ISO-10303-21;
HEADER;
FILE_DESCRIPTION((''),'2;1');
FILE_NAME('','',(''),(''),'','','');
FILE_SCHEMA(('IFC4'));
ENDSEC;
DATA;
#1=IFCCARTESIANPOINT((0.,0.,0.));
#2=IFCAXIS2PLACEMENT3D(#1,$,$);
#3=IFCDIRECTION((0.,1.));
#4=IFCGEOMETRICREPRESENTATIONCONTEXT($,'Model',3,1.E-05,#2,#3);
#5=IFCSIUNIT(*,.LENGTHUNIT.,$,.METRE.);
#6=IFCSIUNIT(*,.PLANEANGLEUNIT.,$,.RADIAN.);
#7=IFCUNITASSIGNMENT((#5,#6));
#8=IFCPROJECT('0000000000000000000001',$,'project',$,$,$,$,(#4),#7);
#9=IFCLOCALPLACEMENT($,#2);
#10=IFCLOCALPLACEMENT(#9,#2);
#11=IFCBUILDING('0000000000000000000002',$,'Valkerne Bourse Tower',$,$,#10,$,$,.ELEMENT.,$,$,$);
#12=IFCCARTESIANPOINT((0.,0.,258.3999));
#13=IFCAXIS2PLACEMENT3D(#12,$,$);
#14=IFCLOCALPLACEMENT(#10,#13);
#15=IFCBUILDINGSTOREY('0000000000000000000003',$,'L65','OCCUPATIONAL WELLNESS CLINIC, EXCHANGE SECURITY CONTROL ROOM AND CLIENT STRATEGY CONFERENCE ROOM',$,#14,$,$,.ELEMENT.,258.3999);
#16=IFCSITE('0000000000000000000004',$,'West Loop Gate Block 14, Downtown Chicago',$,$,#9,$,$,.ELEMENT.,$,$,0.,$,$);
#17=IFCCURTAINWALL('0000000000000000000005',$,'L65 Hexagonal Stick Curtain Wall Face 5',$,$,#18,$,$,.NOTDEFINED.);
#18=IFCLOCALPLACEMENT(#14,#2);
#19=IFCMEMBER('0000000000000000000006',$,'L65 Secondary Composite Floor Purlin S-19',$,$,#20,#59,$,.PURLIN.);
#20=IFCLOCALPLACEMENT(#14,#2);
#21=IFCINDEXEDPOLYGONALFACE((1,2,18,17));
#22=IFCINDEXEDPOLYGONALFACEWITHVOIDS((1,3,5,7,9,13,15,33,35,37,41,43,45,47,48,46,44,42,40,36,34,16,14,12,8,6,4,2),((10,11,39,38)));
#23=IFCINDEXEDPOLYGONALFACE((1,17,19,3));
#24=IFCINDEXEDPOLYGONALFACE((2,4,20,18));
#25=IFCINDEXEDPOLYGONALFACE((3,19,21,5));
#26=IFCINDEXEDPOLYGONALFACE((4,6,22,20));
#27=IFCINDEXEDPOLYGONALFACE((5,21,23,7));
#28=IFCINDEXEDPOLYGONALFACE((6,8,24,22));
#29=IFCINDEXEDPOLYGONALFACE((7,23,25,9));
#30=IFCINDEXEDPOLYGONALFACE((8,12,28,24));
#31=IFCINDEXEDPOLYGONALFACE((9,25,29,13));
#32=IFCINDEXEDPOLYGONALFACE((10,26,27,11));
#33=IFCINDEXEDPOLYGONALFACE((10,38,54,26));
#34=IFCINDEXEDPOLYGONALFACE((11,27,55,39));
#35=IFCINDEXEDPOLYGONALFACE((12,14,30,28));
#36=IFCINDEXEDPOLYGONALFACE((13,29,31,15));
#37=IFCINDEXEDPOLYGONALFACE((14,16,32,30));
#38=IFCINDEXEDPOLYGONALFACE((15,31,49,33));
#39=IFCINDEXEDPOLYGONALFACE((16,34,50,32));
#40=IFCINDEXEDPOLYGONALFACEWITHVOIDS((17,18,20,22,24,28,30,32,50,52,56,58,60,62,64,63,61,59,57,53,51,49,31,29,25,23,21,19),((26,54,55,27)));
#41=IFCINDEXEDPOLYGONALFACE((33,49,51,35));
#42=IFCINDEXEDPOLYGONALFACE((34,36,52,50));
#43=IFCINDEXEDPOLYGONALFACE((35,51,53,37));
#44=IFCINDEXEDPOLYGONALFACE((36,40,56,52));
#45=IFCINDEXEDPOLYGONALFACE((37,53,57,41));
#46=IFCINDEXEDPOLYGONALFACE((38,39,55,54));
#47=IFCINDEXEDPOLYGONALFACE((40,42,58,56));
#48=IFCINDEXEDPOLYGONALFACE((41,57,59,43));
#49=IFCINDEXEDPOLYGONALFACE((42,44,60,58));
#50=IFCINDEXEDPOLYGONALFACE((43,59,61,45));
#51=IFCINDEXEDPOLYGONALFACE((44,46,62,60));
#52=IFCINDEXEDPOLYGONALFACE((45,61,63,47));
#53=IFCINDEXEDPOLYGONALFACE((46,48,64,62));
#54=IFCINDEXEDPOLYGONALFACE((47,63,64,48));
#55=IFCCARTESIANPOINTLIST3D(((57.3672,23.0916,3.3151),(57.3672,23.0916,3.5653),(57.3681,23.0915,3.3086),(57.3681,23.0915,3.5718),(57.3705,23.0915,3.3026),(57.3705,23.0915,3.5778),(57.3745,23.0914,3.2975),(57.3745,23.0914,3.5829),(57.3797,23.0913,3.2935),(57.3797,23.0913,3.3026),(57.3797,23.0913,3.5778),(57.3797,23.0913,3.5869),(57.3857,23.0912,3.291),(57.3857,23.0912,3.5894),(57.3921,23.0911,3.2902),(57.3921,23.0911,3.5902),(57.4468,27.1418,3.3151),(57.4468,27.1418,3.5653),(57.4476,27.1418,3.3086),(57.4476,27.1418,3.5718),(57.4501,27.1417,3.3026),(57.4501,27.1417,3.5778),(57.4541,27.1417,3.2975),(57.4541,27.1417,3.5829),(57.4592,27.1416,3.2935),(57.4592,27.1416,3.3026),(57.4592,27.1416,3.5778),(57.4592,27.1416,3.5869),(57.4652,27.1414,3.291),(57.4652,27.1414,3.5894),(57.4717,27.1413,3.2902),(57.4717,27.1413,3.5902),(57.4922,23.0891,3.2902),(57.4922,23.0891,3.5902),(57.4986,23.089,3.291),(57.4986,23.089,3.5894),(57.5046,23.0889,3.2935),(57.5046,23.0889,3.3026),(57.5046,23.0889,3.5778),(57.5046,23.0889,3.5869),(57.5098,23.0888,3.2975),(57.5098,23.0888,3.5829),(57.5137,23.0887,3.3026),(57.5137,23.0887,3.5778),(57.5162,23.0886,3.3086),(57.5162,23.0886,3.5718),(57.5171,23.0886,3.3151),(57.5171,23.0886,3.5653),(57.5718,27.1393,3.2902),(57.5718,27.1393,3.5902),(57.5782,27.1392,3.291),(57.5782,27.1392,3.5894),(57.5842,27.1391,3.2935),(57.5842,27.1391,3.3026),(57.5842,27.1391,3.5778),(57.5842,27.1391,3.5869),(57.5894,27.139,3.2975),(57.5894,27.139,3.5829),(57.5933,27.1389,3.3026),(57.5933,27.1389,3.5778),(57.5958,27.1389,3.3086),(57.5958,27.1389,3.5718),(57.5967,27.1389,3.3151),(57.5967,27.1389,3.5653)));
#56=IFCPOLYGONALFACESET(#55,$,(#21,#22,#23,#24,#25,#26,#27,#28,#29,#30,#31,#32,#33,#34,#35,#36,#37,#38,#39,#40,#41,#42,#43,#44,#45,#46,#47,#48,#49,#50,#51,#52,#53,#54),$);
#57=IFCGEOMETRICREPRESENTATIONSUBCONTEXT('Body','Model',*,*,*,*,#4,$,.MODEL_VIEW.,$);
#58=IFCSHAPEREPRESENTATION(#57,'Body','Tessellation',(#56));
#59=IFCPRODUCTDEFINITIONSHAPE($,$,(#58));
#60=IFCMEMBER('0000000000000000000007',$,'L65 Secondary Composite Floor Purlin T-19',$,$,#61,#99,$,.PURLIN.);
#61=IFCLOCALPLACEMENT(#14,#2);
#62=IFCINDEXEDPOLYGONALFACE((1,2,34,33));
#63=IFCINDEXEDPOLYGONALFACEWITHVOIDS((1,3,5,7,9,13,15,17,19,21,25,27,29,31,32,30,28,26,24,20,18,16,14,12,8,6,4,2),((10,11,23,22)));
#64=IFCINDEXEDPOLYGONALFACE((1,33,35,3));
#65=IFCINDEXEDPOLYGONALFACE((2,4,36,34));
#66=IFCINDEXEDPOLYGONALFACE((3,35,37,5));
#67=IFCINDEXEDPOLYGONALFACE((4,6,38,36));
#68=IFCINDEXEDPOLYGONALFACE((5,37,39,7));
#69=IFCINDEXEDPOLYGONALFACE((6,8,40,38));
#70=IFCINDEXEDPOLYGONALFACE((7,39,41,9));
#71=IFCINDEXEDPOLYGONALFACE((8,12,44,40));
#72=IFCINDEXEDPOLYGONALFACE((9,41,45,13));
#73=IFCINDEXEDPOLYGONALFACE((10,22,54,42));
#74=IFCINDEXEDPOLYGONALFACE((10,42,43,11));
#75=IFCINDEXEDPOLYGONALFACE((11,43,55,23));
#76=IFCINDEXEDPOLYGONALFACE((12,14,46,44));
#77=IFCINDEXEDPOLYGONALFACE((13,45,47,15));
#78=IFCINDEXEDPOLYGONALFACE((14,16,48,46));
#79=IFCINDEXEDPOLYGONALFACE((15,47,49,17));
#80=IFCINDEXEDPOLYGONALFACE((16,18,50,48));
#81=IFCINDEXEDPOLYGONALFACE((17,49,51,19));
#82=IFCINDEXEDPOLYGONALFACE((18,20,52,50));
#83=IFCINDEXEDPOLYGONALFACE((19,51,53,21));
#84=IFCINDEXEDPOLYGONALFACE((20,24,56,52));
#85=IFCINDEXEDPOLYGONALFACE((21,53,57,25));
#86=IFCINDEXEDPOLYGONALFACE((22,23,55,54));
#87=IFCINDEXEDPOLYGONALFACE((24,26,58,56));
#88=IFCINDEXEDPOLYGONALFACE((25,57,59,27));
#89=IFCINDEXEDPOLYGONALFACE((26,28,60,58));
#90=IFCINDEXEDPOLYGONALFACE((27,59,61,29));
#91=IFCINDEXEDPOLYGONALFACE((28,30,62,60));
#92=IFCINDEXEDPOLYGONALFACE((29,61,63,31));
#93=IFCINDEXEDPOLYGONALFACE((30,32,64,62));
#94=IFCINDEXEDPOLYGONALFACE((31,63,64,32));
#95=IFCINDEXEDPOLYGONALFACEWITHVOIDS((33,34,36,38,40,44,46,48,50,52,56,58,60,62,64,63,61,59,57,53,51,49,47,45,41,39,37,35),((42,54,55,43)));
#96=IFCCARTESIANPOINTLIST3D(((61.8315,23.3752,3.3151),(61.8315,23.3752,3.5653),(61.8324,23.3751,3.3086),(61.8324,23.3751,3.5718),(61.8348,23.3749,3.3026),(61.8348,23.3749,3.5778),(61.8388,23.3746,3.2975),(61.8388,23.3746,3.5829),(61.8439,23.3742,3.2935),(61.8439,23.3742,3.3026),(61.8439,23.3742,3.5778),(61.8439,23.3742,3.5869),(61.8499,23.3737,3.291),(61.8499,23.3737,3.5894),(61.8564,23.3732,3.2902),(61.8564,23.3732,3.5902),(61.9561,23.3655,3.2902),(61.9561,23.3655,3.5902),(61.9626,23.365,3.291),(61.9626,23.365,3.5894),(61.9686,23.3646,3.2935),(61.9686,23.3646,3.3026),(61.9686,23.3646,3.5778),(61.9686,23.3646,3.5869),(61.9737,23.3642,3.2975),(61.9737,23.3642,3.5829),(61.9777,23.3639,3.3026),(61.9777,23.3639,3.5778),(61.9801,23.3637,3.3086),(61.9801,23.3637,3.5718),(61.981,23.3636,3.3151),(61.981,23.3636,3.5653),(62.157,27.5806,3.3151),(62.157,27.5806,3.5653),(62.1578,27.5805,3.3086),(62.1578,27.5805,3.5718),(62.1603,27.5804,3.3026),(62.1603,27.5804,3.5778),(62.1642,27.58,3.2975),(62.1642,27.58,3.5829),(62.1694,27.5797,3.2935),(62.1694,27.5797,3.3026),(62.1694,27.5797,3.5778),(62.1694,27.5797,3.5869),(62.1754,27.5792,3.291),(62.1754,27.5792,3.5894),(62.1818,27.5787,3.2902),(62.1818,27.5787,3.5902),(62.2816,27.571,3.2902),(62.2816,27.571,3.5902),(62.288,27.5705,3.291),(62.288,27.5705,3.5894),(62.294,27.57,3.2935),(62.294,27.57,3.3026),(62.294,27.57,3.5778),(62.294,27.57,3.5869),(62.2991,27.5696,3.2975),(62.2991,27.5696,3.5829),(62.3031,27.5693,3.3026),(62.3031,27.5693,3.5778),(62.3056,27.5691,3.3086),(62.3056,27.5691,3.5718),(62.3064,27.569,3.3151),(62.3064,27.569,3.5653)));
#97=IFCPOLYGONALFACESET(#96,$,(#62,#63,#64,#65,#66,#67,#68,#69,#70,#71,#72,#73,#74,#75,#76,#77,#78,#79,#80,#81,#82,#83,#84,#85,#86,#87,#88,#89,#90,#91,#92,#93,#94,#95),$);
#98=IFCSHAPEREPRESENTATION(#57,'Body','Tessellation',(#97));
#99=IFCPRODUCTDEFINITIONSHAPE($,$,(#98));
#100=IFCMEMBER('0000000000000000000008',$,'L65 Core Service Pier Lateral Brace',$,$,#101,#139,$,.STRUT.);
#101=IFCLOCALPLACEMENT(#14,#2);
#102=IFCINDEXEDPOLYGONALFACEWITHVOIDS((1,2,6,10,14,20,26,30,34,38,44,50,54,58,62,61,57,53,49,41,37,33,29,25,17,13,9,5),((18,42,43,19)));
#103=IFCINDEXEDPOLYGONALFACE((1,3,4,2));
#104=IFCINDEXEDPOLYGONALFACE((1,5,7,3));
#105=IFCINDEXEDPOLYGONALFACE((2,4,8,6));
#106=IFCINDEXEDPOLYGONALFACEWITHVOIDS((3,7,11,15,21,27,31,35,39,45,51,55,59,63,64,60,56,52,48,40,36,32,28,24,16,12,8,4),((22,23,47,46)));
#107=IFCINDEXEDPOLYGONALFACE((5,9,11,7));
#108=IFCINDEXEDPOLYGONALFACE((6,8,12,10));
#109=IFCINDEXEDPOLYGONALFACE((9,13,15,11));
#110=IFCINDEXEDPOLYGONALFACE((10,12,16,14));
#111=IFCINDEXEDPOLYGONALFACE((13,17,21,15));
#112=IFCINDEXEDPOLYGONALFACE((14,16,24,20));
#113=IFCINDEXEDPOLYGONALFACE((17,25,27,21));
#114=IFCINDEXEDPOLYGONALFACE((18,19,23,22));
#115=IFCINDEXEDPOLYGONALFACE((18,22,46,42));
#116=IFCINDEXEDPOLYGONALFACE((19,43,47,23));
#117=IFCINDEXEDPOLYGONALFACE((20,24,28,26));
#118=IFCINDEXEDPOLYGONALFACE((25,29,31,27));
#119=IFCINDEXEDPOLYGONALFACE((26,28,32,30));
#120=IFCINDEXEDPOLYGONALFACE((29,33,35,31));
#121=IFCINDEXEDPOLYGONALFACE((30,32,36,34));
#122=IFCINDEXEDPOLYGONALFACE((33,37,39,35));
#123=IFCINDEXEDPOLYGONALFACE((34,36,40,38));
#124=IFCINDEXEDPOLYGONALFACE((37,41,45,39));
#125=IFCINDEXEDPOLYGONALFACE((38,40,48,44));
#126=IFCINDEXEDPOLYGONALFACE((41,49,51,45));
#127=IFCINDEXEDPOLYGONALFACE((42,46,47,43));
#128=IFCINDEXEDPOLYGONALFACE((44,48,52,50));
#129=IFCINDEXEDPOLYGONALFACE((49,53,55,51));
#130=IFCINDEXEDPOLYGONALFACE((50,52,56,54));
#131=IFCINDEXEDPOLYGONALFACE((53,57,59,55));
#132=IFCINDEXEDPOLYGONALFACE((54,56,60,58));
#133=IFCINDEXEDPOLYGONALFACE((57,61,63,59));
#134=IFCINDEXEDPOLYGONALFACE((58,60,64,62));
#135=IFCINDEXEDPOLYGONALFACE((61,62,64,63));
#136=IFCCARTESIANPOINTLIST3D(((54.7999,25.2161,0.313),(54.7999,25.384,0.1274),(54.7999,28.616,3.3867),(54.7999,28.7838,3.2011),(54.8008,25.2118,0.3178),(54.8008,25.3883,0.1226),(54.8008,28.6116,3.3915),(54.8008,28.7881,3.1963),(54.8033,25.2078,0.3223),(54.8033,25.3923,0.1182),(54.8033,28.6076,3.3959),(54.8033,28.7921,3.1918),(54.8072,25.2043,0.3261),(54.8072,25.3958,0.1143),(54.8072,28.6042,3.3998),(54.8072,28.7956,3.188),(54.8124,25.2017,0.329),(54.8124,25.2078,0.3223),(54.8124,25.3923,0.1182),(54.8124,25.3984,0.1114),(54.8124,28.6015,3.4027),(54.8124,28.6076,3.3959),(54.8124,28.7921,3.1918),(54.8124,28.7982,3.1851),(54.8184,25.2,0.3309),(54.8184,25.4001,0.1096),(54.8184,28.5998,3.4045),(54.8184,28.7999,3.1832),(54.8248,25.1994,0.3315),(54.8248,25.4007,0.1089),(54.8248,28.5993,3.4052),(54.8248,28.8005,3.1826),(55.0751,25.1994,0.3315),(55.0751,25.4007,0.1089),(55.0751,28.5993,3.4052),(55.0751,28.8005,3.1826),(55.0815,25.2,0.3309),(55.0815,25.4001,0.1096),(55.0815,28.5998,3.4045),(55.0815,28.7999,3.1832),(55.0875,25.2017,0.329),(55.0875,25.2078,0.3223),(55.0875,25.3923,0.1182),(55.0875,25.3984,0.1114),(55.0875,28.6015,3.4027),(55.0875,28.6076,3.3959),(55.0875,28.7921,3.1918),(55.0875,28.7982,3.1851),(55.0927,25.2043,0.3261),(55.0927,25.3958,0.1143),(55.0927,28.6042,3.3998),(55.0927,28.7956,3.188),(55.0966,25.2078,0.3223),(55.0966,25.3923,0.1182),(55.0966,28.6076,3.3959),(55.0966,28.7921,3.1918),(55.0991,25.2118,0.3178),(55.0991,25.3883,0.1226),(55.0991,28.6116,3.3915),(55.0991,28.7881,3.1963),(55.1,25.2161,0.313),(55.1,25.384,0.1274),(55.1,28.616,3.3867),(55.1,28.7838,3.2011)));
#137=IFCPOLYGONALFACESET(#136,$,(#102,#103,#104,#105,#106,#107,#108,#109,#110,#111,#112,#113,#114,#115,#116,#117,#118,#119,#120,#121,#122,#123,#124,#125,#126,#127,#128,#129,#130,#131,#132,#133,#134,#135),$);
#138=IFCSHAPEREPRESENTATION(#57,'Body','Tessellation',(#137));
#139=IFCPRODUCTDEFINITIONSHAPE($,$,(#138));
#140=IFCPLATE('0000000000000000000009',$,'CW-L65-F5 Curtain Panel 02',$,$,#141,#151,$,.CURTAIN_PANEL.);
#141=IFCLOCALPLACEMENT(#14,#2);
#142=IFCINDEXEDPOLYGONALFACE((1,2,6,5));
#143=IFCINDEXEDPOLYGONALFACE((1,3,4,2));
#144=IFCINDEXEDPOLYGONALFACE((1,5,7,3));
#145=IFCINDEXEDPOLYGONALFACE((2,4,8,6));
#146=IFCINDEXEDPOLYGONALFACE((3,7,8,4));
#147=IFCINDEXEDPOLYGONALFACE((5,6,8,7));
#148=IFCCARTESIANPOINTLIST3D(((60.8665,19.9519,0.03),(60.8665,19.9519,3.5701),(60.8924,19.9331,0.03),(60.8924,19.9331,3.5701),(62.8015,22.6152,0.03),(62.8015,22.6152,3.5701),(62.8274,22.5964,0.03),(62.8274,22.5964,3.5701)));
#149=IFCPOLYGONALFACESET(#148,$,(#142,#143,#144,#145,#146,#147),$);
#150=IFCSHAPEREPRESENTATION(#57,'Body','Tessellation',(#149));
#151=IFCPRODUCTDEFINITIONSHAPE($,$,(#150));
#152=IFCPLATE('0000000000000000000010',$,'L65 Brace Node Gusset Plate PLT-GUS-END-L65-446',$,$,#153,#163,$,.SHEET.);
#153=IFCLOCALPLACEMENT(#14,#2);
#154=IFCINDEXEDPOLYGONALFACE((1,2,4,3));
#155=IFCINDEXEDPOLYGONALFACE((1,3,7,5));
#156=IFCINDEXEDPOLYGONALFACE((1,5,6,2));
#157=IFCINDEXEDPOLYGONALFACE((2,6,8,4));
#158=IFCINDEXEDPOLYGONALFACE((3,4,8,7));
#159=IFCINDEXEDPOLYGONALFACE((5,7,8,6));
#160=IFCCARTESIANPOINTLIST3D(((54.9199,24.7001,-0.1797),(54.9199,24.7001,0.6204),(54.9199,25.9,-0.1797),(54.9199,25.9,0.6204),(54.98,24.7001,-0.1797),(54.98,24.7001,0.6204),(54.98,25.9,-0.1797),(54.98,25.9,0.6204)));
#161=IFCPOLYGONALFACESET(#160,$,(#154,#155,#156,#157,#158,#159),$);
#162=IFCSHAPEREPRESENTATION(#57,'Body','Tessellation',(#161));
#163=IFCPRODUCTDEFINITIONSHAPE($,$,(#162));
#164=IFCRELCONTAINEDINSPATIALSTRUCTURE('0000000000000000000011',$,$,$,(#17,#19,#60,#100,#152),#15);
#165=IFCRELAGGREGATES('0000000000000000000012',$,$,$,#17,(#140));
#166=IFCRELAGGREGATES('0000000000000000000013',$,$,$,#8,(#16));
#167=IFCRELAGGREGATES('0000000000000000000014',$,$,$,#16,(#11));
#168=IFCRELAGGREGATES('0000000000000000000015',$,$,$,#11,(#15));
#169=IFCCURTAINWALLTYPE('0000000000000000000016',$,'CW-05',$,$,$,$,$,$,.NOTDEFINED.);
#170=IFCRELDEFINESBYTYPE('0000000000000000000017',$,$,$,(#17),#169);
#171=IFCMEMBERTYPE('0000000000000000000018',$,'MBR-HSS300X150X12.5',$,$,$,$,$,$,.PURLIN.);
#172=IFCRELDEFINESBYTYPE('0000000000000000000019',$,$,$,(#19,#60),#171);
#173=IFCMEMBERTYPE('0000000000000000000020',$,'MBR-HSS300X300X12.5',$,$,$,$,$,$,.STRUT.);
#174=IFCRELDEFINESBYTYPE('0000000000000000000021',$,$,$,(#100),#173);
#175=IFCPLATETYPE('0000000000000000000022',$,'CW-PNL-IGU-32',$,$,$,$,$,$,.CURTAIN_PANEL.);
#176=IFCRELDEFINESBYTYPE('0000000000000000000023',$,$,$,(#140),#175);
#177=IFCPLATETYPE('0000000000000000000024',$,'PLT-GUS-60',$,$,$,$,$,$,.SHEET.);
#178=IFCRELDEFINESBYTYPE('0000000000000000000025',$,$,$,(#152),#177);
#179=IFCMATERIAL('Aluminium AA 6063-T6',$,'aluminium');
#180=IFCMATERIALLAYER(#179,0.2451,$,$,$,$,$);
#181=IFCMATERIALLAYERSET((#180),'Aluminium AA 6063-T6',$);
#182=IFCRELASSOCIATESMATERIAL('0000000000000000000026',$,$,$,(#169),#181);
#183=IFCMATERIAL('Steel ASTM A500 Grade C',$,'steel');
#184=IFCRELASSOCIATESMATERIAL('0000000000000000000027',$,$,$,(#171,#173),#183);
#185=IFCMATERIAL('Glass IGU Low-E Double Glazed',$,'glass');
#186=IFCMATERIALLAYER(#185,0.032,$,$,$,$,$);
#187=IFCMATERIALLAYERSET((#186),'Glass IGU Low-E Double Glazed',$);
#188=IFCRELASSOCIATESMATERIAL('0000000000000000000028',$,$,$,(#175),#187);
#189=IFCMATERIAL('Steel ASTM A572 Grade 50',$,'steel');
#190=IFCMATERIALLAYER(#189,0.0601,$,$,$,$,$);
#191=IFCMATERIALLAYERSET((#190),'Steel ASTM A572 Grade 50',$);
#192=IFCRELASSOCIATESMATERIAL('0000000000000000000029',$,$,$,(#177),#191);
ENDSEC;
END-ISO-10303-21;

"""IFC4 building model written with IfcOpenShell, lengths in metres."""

from ifc_helpers import new_model, si_unit, direction, frame, origin, origin_2d, place, context, subcontext, project, spatial, rectangle, hollow_rectangle, extrude, material, layer, layer_set, material_profile, profile_set, type_object, element, aggregate, save


model = new_model("IFC4")

# Units and contexts
model_context = context("Model", 3, precision=1e-05, world=origin(), true_north=direction((0.0, 1.0)))
body_context = subcontext(model_context, "Body", "Model", "MODEL_VIEW")
ifc_project = project(units=[si_unit("LENGTHUNIT", "METRE"), si_unit("PLANEANGLEUNIT", "RADIAN")], contexts=[model_context])

# Site, building, storey
site_placement = place(None, origin())
site = spatial("IfcSite", under=ifc_project, at=site_placement, Name="West Loop Gate Block 14, Downtown Chicago", CompositionType="ELEMENT", RefElevation=0.0)
building_placement = place(site_placement, origin())
building = spatial("IfcBuilding", under=site, at=building_placement, Name="Valkerne Bourse Tower", CompositionType="ELEMENT")
storey_placement = place(building_placement, frame((0.0, 0.0, 258.3999)))
storey = spatial("IfcBuildingStorey", under=building, at=storey_placement, Name="L65", Description="OCCUPATIONAL WELLNESS CLINIC, EXCHANGE SECURITY CONTROL ROOM AND CLIENT STRATEGY CONFERENCE ROOM", CompositionType="ELEMENT", Elevation=258.3999)

# Shared definitions
ifc_material_1 = material(Name="Steel ASTM A500 Grade C", Category="steel")

# Curtain wall
ifc_material_2 = material(Name="Aluminium AA 6063-T6", Category="aluminium")
ifc_layer_1 = layer(ifc_material_2, 0.2451)
ifc_layer_set_1 = layer_set([ifc_layer_1], Name="Aluminium AA 6063-T6")
curtain_wall_type = type_object("IfcCurtainWallType", Name="CW-05", PredefinedType="NOTDEFINED", material=ifc_layer_set_1)
curtain_wall_placement = place(storey_placement, origin())
curtain_wall = element("IfcCurtainWall", 1, at=curtain_wall_placement, inside=storey, type_object=curtain_wall_type, Name="L65 Hexagonal Stick Curtain Wall Face 5", PredefinedType="NOTDEFINED")

# Members
ifc_material_profile_1 = material_profile(ifc_material_1, hollow_rectangle(XDim=0.1499, YDim=0.3, WallThickness=0.0125, OuterFilletRadius=0.0249, at=origin_2d()), Name="HSS300X150X12.5")
ifc_profile_set_1 = profile_set([ifc_material_profile_1], Name="Steel ASTM A500 Grade C")
member_type_1 = type_object("IfcMemberType", Name="MBR-HSS300X150X12.5", PredefinedType="PURLIN", material=ifc_profile_set_1)
member_1_placement = place(storey_placement, frame((57.4421, 23.0901, 3.4402), z_axis=(0.019647, 0.999807, 0.0), x_axis=(-0.999807, 0.019647, 0.0)))
element("IfcMember", 2, at=member_1_placement, inside=storey, type_object=member_type_1, Name="L65 Secondary Composite Floor Purlin S-19", PredefinedType="PURLIN", context=body_context, shape_type="SweptSolid", body=[
    extrude(hollow_rectangle(XDim=0.1499, YDim=0.3, WallThickness=0.0125, OuterFilletRadius=0.0249, at=origin_2d()), origin(), (0.0, 0.0, 1.0), 4.051),
])
member_2_placement = place(storey_placement, frame((61.9062, 23.3694, 3.4402), z_axis=(0.077152, 0.997019, 0.0), x_axis=(-0.997019, 0.077152, 0.0)))
element("IfcMember", 3, at=member_2_placement, inside=storey, type_object=member_type_1, Name="L65 Secondary Composite Floor Purlin T-19", PredefinedType="PURLIN", context=body_context, shape_type="SweptSolid", body=[
    extrude(hollow_rectangle(XDim=0.1499, YDim=0.3, WallThickness=0.0125, OuterFilletRadius=0.0249, at=origin_2d()), origin(), (0.0, 0.0, 1.0), 4.218),
])
ifc_material_profile_2 = material_profile(ifc_material_1, hollow_rectangle(XDim=0.3, YDim=0.3, WallThickness=0.0125, OuterFilletRadius=0.0249, at=origin_2d()), Name="HSS300X300X12.5")
ifc_profile_set_2 = profile_set([ifc_material_profile_2], Name="Steel ASTM A500 Grade C")
member_type_2 = type_object("IfcMemberType", Name="MBR-HSS300X300X12.5", PredefinedType="STRUT", material=ifc_profile_set_2)
member_3_placement = place(storey_placement, frame((54.95, 25.3, 0.2202), z_axis=(0.0, 0.741793, 0.670629), x_axis=(-1.0, 0.0, 0.0)))
element("IfcMember", 4, at=member_3_placement, inside=storey, type_object=member_type_2, Name="L65 Core Service Pier Lateral Brace", PredefinedType="STRUT", context=body_context, shape_type="SweptSolid", body=[
    extrude(hollow_rectangle(XDim=0.3, YDim=0.3, WallThickness=0.0125, OuterFilletRadius=0.0249, at=origin_2d()), origin(), (0.0, 0.0, 1.0), 4.5833),
])

# Plates
ifc_material_3 = material(Name="Glass IGU Low-E Double Glazed", Category="glass")
ifc_layer_2 = layer(ifc_material_3, 0.032)
ifc_layer_set_2 = layer_set([ifc_layer_2], Name="Glass IGU Low-E Double Glazed")
plate_type_1 = type_object("IfcPlateType", Name="CW-PNL-IGU-32", PredefinedType="CURTAIN_PANEL", material=ifc_layer_set_2)
plate_1_placement = place(storey_placement, frame((61.8469, 21.2742, 0.03), z_axis=(0.0, 0.0, 1.0), x_axis=(0.58779, 0.809013, 0.0)))
plate_1 = element("IfcPlate", 5, at=plate_1_placement, type_object=plate_type_1, Name="CW-L65-F5 Curtain Panel 02", PredefinedType="CURTAIN_PANEL", context=body_context, shape_type="SweptSolid", body=[
    extrude(rectangle(XDim=3.292, YDim=0.032, at=origin_2d()), origin(), (0.0, 0.0, 1.0), 3.54),
])
aggregate(curtain_wall, [plate_1])
ifc_material_4 = material(Name="Steel ASTM A572 Grade 50", Category="steel")
ifc_layer_3 = layer(ifc_material_4, 0.0601)
ifc_layer_set_3 = layer_set([ifc_layer_3], Name="Steel ASTM A572 Grade 50")
plate_type_2 = type_object("IfcPlateType", Name="PLT-GUS-60", PredefinedType="SHEET", material=ifc_layer_set_3)
plate_2_placement = place(storey_placement, frame((54.95, 25.3, -0.1797), z_axis=(0.0, 0.0, 1.0), x_axis=(0.0, 1.0, 0.0)))
element("IfcPlate", 6, at=plate_2_placement, inside=storey, type_object=plate_type_2, Name="L65 Brace Node Gusset Plate PLT-GUS-END-L65-446", PredefinedType="SHEET", context=body_context, shape_type="SweptSolid", body=[
    extrude(rectangle(XDim=1.2, YDim=0.0601, at=origin_2d()), origin(), (0.0, 0.0, 1.0), 0.8),
])

save(model, "model.ifc")
